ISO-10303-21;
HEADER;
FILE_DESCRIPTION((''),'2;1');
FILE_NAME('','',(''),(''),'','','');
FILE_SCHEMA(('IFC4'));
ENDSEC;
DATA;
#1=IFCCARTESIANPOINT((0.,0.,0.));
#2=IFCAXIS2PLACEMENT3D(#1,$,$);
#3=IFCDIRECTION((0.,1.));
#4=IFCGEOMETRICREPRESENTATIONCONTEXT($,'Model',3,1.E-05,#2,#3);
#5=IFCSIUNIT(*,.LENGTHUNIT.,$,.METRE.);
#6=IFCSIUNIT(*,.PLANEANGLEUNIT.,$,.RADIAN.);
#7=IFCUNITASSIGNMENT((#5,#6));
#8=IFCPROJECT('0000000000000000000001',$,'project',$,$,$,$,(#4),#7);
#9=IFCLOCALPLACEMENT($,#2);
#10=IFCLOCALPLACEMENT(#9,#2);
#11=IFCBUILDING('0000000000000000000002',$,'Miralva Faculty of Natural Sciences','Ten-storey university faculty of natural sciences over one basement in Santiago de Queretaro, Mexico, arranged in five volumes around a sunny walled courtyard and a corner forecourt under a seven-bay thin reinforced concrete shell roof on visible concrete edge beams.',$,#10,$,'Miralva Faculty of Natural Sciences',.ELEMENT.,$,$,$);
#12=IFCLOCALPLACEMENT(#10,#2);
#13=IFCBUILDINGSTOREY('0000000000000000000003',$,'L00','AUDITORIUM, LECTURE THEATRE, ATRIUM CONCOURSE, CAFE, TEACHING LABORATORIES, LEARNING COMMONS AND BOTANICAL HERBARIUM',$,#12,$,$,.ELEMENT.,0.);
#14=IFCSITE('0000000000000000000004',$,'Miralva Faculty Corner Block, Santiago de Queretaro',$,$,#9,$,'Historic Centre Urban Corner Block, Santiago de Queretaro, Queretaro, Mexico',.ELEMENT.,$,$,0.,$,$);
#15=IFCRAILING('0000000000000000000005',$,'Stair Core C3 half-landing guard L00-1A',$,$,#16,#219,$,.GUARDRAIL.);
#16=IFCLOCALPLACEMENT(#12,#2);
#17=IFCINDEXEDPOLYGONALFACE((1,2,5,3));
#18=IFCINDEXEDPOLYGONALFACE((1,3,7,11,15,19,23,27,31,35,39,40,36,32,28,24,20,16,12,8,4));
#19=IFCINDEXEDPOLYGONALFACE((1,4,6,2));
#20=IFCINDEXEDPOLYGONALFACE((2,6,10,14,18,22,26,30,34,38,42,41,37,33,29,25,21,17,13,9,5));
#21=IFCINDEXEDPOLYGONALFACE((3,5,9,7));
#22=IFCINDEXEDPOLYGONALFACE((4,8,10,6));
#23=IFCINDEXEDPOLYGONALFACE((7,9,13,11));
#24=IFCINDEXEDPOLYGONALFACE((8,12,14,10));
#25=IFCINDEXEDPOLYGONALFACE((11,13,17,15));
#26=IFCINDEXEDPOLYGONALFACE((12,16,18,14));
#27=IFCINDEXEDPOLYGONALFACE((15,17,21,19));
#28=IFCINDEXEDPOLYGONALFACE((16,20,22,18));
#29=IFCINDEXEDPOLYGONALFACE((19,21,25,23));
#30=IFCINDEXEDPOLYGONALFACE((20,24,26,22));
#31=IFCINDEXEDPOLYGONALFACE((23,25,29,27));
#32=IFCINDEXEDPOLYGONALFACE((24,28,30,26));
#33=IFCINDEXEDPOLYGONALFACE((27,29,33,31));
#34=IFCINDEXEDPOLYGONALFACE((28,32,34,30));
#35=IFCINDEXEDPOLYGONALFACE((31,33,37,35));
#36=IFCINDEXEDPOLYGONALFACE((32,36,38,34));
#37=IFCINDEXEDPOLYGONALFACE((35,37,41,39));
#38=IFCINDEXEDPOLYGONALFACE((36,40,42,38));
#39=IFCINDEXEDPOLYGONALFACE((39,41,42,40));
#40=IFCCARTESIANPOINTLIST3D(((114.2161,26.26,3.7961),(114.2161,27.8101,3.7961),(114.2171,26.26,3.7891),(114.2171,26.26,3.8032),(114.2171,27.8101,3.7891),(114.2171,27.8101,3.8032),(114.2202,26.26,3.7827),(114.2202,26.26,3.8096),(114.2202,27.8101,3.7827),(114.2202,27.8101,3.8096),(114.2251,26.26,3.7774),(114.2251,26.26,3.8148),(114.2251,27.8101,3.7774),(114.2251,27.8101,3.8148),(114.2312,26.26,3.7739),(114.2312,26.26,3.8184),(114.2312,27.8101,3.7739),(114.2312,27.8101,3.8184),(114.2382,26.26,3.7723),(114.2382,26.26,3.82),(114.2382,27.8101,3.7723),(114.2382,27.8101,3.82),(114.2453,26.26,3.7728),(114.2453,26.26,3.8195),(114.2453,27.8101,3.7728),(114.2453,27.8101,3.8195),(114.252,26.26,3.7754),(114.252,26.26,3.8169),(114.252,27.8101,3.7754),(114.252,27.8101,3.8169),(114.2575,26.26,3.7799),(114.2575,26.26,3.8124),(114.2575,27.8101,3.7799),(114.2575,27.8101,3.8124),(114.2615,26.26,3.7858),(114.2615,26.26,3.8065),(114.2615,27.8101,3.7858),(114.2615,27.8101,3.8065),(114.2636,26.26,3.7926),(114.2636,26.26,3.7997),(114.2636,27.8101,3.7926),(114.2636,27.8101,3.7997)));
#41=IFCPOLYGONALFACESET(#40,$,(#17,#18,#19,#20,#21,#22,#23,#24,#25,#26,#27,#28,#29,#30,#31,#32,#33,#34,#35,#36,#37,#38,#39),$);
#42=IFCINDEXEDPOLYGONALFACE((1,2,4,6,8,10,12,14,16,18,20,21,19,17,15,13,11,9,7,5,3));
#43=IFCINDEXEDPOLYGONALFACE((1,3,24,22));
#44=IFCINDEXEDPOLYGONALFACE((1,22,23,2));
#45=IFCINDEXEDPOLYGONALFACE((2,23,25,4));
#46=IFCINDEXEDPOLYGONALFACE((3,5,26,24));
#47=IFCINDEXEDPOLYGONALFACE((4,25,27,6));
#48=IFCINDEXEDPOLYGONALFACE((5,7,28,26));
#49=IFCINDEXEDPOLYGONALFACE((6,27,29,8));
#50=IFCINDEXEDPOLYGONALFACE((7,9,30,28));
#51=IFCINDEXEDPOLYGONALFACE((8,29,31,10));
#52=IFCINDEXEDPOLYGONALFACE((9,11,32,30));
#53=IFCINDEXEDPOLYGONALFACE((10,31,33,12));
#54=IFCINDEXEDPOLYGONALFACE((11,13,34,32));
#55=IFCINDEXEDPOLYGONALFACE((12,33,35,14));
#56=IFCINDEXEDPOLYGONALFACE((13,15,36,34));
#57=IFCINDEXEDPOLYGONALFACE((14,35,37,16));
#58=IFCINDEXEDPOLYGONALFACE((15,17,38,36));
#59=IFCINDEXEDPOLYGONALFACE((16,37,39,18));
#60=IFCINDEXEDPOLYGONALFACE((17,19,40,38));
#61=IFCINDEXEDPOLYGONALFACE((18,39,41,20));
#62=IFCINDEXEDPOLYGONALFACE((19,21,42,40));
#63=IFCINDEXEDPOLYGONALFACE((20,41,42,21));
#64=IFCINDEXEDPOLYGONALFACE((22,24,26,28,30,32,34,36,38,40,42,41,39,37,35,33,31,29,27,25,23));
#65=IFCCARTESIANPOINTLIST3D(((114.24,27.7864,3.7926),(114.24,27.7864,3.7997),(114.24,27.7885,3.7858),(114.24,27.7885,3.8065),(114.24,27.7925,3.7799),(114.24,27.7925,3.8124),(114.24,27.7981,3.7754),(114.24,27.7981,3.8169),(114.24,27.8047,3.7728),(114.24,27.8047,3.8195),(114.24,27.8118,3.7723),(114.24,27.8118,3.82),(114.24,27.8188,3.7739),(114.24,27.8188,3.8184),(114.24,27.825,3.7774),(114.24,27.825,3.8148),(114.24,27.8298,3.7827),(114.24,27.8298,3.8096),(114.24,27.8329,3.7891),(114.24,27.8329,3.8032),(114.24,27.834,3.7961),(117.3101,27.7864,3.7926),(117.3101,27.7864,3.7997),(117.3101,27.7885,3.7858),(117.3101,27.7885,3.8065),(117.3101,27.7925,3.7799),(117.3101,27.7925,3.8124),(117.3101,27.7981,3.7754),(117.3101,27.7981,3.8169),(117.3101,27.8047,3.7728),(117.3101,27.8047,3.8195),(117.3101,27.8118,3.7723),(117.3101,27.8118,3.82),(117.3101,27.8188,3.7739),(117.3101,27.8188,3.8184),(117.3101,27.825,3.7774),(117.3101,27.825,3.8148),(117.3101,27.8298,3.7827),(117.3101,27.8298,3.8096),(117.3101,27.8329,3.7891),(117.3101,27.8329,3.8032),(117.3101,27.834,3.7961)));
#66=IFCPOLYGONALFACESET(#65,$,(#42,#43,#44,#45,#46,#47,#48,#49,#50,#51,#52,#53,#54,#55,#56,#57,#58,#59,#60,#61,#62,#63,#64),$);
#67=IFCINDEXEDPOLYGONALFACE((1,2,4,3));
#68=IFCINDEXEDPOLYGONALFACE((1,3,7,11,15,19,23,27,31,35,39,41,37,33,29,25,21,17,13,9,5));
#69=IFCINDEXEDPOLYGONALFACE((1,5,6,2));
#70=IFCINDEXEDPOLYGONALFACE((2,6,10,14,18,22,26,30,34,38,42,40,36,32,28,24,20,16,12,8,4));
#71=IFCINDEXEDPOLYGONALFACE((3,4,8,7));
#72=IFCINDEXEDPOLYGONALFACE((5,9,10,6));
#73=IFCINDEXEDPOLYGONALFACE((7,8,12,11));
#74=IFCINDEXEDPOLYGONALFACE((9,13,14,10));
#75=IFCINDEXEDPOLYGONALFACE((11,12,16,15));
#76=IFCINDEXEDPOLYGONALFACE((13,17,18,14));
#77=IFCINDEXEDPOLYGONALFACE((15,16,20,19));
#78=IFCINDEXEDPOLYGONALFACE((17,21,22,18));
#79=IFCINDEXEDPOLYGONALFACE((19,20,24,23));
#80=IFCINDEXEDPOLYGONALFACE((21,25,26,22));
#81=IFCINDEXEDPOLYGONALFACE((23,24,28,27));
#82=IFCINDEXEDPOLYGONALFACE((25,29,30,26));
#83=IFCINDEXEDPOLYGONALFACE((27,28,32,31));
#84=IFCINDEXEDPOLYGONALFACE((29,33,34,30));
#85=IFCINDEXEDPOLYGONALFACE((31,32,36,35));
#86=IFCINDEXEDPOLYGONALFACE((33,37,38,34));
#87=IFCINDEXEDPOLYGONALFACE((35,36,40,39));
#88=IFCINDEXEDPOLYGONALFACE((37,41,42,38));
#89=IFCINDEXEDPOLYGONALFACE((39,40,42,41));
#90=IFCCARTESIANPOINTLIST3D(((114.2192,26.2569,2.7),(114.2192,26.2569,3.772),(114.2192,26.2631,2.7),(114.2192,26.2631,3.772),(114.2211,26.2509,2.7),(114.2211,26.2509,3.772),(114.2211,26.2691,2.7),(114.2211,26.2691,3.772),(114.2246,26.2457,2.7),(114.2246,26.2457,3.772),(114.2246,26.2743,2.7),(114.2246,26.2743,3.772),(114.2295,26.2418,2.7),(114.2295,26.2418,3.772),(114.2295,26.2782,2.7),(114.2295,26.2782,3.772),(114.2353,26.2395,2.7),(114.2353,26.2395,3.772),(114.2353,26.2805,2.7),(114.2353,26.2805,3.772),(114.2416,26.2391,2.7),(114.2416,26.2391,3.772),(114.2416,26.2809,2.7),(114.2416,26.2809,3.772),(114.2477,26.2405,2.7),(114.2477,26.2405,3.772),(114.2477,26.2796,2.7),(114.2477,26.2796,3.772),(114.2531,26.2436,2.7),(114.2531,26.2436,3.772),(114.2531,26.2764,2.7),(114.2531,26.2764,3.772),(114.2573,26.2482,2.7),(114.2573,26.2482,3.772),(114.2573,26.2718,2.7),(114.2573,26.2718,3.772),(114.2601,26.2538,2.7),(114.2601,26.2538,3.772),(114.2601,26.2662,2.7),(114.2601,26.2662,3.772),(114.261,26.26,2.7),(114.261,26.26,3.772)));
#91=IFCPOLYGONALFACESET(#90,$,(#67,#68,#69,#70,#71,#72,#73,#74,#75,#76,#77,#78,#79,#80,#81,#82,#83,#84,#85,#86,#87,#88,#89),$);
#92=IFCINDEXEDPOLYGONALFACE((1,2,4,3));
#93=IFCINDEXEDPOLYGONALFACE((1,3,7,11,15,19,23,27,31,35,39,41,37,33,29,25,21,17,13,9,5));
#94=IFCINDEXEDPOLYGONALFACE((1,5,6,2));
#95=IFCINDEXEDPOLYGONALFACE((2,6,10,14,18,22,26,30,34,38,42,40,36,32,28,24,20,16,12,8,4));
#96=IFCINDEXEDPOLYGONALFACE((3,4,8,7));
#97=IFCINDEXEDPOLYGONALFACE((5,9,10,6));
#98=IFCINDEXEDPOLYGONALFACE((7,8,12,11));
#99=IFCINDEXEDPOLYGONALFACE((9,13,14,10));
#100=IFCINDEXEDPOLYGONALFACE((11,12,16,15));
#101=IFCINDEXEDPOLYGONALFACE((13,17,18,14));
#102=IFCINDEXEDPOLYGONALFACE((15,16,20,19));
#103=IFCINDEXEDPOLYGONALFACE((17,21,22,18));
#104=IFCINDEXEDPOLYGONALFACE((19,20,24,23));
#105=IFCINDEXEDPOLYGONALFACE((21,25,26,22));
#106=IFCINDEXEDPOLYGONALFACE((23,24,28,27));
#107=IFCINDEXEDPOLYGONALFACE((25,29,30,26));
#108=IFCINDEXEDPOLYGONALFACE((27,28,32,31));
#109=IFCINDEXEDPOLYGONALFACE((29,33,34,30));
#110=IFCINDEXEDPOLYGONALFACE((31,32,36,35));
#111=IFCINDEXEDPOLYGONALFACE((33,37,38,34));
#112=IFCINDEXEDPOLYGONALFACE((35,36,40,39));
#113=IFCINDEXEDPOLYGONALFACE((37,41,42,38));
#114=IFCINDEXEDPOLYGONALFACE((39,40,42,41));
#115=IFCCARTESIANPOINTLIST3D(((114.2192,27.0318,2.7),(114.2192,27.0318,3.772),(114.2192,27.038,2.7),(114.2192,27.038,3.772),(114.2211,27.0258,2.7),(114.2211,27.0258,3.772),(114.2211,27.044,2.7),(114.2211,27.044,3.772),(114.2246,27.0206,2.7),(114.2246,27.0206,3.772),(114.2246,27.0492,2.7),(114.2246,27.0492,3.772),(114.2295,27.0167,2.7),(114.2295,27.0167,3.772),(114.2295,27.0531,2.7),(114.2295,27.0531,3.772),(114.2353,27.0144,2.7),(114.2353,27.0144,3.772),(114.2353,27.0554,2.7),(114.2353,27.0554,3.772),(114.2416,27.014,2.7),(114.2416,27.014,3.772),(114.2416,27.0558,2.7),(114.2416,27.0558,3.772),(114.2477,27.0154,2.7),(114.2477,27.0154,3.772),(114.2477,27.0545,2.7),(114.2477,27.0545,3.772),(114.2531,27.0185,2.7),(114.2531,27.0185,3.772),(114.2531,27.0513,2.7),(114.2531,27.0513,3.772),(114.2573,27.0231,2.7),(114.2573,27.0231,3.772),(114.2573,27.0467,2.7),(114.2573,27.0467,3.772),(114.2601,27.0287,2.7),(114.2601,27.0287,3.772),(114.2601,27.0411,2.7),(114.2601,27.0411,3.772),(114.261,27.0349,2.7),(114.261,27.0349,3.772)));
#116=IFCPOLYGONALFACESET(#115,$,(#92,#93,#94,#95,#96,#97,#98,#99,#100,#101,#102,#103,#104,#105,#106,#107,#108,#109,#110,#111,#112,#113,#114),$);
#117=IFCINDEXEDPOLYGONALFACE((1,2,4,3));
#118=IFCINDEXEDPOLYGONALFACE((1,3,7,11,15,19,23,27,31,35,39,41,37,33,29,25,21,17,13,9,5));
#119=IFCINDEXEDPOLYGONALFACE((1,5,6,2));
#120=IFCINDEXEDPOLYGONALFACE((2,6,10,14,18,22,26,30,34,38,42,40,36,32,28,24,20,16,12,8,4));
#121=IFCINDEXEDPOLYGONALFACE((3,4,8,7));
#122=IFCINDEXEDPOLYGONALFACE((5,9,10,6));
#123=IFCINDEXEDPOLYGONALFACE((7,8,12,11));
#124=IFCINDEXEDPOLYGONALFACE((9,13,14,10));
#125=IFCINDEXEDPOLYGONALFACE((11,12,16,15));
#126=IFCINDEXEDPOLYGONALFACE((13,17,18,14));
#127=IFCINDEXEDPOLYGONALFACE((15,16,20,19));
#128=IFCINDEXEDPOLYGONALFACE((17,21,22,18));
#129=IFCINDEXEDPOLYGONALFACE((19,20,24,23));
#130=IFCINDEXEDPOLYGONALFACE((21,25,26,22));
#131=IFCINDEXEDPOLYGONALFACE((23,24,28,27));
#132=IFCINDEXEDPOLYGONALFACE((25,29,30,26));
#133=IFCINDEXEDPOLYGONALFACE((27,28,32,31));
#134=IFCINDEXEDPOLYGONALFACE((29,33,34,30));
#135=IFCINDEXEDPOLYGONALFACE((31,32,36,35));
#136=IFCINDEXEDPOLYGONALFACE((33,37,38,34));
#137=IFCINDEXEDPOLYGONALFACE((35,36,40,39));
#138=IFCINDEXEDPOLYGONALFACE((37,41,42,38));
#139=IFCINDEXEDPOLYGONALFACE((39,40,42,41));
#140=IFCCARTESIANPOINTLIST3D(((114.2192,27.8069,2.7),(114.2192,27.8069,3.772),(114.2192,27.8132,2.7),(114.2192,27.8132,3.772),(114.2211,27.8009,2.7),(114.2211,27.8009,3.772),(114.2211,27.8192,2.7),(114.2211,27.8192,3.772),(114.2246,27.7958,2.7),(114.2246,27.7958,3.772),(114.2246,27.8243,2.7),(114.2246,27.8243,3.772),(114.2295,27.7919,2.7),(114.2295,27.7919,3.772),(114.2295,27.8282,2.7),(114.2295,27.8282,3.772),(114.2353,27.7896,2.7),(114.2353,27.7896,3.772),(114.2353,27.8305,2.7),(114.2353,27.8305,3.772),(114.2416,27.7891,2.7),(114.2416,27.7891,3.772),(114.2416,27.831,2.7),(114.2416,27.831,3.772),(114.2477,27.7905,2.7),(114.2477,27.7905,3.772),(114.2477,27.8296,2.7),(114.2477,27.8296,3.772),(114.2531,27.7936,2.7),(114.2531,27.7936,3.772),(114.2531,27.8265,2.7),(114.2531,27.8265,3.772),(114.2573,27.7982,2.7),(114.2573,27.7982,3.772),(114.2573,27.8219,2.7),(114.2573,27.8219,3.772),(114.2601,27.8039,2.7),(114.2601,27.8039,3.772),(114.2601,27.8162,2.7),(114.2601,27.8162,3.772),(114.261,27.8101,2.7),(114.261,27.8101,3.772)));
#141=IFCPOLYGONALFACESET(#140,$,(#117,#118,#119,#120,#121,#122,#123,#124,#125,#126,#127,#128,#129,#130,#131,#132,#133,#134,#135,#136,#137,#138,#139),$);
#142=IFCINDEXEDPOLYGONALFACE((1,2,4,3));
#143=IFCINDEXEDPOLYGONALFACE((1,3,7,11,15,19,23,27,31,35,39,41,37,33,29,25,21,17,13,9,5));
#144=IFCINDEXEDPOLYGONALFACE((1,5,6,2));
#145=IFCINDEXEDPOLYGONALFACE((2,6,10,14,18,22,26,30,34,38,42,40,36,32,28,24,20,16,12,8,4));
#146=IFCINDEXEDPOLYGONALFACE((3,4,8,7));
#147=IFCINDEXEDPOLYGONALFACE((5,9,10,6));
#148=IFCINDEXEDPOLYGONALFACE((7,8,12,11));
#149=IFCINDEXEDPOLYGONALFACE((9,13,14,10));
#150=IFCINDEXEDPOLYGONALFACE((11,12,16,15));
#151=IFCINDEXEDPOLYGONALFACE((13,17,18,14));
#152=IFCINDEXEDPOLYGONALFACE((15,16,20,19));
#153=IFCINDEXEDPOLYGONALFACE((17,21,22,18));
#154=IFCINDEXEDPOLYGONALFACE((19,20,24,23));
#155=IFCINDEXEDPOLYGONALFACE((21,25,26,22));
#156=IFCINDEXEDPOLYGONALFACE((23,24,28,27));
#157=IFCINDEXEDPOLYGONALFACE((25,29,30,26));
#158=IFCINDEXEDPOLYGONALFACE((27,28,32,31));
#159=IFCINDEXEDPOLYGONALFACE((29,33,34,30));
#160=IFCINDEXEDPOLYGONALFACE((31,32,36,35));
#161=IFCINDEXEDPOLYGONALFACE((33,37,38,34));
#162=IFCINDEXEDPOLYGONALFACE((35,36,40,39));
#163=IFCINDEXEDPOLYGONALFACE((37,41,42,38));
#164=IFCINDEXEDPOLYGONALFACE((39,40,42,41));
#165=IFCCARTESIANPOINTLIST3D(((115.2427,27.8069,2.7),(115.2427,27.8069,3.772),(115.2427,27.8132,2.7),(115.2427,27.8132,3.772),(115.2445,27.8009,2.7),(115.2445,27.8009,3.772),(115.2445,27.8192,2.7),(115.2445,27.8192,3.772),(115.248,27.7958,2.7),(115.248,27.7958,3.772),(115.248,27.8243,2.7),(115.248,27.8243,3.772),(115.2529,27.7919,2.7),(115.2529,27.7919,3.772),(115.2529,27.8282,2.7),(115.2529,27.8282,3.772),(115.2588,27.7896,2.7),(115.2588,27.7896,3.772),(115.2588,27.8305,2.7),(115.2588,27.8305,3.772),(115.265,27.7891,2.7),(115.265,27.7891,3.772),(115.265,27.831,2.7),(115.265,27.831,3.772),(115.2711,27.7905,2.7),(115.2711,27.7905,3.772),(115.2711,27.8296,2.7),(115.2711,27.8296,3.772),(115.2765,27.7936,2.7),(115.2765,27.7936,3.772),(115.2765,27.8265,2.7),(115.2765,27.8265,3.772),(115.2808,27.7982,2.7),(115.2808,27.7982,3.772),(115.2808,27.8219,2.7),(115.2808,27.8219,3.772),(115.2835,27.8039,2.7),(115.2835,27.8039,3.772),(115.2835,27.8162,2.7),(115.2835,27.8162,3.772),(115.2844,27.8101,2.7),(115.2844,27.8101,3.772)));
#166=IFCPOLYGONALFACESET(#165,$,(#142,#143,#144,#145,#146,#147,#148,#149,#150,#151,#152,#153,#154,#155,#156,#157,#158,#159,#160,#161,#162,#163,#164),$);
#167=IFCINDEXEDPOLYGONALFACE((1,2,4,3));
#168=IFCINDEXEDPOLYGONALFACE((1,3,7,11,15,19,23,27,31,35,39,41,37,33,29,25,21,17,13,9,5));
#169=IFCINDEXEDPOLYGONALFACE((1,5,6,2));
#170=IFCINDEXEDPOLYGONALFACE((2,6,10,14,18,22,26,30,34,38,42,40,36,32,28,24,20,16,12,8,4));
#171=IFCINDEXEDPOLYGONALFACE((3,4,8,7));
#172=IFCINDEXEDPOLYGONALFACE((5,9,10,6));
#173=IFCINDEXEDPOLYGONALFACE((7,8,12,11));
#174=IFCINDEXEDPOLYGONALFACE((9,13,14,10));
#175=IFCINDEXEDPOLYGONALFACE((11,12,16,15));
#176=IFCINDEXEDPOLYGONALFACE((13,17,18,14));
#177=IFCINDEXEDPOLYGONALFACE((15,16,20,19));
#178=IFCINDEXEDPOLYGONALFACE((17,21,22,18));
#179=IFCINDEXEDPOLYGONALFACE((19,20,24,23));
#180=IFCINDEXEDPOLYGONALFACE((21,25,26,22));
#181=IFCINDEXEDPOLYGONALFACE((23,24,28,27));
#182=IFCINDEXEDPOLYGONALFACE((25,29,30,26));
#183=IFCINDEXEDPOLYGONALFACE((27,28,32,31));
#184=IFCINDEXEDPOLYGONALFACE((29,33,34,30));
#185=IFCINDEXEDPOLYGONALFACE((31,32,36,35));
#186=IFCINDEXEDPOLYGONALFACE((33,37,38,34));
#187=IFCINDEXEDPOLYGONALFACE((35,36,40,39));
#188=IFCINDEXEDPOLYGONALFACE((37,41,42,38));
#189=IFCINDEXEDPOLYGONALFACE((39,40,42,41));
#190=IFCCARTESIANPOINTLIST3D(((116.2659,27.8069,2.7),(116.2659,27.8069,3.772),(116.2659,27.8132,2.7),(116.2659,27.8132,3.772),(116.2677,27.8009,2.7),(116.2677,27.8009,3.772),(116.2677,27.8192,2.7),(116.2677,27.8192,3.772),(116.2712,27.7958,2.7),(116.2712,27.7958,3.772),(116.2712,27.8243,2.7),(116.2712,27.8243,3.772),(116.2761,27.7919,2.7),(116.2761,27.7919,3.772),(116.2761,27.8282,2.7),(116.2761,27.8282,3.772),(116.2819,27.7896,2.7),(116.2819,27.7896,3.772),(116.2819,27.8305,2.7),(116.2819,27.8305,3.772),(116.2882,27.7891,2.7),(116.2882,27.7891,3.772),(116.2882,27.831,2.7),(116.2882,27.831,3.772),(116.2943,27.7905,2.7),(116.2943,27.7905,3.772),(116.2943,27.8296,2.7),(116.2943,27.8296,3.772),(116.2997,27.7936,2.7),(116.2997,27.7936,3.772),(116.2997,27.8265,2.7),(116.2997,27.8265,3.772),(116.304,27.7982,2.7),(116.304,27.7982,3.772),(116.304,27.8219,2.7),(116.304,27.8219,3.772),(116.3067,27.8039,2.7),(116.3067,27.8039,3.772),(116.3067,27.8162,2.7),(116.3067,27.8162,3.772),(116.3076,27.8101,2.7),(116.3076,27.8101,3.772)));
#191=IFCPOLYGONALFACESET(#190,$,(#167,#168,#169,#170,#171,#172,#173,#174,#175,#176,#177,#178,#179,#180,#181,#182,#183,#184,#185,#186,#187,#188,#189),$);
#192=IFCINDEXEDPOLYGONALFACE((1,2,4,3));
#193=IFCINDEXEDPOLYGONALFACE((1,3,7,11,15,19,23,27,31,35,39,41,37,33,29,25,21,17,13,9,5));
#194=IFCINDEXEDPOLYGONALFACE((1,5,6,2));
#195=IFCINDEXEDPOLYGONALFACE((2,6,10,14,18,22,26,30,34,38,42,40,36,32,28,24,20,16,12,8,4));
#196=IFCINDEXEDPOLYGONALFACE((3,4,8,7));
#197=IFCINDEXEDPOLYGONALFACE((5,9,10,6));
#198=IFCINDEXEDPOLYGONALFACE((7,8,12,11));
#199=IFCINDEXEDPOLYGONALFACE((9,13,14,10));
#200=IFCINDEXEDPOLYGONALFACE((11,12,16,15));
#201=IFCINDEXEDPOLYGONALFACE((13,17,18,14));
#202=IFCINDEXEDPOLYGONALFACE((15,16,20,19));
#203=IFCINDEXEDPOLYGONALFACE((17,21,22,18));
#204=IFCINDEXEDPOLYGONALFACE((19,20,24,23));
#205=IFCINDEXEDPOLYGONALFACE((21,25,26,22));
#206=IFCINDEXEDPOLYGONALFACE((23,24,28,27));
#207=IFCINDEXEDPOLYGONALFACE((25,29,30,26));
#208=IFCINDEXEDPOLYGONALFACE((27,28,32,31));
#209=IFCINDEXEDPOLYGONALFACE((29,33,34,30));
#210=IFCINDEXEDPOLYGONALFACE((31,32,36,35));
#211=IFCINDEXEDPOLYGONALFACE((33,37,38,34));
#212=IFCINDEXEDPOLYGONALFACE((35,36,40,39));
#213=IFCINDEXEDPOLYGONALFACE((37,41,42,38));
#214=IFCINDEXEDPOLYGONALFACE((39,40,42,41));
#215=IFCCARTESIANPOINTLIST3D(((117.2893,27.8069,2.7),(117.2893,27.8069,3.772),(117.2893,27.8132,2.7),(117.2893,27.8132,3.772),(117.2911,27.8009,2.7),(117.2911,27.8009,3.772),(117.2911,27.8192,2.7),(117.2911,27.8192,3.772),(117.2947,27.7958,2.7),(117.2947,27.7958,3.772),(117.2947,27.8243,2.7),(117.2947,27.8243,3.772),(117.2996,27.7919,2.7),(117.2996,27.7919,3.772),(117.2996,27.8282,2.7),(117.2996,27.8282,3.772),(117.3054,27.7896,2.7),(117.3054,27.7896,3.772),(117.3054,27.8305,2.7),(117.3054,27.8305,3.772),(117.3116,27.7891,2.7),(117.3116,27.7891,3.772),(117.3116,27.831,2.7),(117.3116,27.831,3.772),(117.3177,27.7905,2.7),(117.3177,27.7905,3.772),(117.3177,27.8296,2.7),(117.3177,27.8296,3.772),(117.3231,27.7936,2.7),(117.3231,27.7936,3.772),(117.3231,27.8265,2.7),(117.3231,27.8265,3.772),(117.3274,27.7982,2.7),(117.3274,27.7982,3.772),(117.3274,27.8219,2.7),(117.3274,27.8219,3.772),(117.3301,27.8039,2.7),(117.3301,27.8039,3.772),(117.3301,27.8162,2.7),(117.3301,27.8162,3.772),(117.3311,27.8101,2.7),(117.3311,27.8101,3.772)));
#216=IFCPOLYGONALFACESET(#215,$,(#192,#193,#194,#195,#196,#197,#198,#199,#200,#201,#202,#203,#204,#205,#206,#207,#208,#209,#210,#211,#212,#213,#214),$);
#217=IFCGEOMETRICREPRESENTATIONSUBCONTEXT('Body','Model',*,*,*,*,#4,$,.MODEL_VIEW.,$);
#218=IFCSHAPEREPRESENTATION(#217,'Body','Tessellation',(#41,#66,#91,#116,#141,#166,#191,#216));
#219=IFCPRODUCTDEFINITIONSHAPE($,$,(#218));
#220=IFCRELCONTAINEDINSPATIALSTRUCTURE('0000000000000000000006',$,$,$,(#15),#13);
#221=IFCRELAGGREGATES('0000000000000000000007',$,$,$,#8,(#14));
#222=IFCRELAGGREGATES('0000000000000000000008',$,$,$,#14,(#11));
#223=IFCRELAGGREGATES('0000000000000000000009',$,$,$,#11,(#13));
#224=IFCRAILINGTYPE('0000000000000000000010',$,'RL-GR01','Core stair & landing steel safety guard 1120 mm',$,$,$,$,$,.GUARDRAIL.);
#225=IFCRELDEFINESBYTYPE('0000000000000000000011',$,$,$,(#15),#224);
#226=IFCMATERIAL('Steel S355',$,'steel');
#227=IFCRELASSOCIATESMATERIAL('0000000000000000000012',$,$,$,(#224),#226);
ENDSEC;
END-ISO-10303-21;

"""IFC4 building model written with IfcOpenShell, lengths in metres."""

from ifc_helpers import new_model, si_unit, direction, frame, origin, origin_2d, place, context, subcontext, project, spatial, circle, extrude, material, type_object, element, save


model = new_model("IFC4")

# Units and contexts
model_context = context("Model", 3, precision=1e-05, world=origin(), true_north=direction((0.0, 1.0)))
body_context = subcontext(model_context, "Body", "Model", "MODEL_VIEW")
ifc_project = project(units=[si_unit("LENGTHUNIT", "METRE"), si_unit("PLANEANGLEUNIT", "RADIAN")], contexts=[model_context])

# Site, building, storey
site_placement = place(None, origin())
site = spatial("IfcSite", under=ifc_project, at=site_placement, Name="Miralva Faculty Corner Block, Santiago de Queretaro", LongName="Historic Centre Urban Corner Block, Santiago de Queretaro, Queretaro, Mexico", CompositionType="ELEMENT", RefElevation=0.0)
building_placement = place(site_placement, origin())
building = spatial("IfcBuilding", under=site, at=building_placement, Name="Miralva Faculty of Natural Sciences", Description="Ten-storey university faculty of natural sciences over one basement in Santiago de Queretaro, Mexico, arranged in five volumes around a sunny walled courtyard and a corner forecourt under a seven-bay thin reinforced concrete shell roof on visible concrete edge beams.", LongName="Miralva Faculty of Natural Sciences", CompositionType="ELEMENT")
storey_placement = place(building_placement, origin())
storey = spatial("IfcBuildingStorey", under=building, at=storey_placement, Name="L00", Description="AUDITORIUM, LECTURE THEATRE, ATRIUM CONCOURSE, CAFE, TEACHING LABORATORIES, LEARNING COMMONS AND BOTANICAL HERBARIUM", CompositionType="ELEMENT", Elevation=0.0)

# Railing
ifc_material_1 = material(Name="Steel S355", Category="steel")
railing_type_1 = type_object("IfcRailingType", Name="RL-GR01", Description="Core stair & landing steel safety guard 1120 mm", PredefinedType="GUARDRAIL", material=ifc_material_1)
railing_1_placement = place(storey_placement, frame((114.24, 26.26, 2.7)))
element("IfcRailing", 1, at=railing_1_placement, inside=storey, type_object=railing_type_1, Name="Stair Core C3 half-landing guard L00-1A", PredefinedType="GUARDRAIL", context=body_context, shape_type="SweptSolid", body=[
    extrude(circle(Radius=0.0239, at=origin_2d()), frame((0.0, 0.0, 1.0962), z_axis=(0.0, 1.0, 0.0), x_axis=(-1.0, 0.0, 0.0)), (0.0, 0.0, 1.0), 1.55),
    extrude(circle(Radius=0.0239, at=origin_2d()), frame((0.0, 1.55, 1.0962), z_axis=(1.0, 0.0, 0.0), x_axis=(0.0, 1.0, 0.0)), (0.0, 0.0, 1.0), 3.0701),
    extrude(circle(Radius=0.021, at=origin_2d()), origin(), (0.0, 0.0, 1.0), 1.072),
    extrude(circle(Radius=0.021, at=origin_2d()), frame((0.0, 0.7749, 0.0)), (0.0, 0.0, 1.0), 1.072),
    extrude(circle(Radius=0.021, at=origin_2d()), frame((0.0, 1.55, 0.0)), (0.0, 0.0, 1.0), 1.072),
    extrude(circle(Radius=0.021, at=origin_2d()), frame((1.0234, 1.55, 0.0)), (0.0, 0.0, 1.0), 1.072),
    extrude(circle(Radius=0.021, at=origin_2d()), frame((2.0466, 1.55, 0.0)), (0.0, 0.0, 1.0), 1.072),
    extrude(circle(Radius=0.021, at=origin_2d()), frame((3.0701, 1.55, 0.0)), (0.0, 0.0, 1.0), 1.072),
])

save(model, "model.ifc")
